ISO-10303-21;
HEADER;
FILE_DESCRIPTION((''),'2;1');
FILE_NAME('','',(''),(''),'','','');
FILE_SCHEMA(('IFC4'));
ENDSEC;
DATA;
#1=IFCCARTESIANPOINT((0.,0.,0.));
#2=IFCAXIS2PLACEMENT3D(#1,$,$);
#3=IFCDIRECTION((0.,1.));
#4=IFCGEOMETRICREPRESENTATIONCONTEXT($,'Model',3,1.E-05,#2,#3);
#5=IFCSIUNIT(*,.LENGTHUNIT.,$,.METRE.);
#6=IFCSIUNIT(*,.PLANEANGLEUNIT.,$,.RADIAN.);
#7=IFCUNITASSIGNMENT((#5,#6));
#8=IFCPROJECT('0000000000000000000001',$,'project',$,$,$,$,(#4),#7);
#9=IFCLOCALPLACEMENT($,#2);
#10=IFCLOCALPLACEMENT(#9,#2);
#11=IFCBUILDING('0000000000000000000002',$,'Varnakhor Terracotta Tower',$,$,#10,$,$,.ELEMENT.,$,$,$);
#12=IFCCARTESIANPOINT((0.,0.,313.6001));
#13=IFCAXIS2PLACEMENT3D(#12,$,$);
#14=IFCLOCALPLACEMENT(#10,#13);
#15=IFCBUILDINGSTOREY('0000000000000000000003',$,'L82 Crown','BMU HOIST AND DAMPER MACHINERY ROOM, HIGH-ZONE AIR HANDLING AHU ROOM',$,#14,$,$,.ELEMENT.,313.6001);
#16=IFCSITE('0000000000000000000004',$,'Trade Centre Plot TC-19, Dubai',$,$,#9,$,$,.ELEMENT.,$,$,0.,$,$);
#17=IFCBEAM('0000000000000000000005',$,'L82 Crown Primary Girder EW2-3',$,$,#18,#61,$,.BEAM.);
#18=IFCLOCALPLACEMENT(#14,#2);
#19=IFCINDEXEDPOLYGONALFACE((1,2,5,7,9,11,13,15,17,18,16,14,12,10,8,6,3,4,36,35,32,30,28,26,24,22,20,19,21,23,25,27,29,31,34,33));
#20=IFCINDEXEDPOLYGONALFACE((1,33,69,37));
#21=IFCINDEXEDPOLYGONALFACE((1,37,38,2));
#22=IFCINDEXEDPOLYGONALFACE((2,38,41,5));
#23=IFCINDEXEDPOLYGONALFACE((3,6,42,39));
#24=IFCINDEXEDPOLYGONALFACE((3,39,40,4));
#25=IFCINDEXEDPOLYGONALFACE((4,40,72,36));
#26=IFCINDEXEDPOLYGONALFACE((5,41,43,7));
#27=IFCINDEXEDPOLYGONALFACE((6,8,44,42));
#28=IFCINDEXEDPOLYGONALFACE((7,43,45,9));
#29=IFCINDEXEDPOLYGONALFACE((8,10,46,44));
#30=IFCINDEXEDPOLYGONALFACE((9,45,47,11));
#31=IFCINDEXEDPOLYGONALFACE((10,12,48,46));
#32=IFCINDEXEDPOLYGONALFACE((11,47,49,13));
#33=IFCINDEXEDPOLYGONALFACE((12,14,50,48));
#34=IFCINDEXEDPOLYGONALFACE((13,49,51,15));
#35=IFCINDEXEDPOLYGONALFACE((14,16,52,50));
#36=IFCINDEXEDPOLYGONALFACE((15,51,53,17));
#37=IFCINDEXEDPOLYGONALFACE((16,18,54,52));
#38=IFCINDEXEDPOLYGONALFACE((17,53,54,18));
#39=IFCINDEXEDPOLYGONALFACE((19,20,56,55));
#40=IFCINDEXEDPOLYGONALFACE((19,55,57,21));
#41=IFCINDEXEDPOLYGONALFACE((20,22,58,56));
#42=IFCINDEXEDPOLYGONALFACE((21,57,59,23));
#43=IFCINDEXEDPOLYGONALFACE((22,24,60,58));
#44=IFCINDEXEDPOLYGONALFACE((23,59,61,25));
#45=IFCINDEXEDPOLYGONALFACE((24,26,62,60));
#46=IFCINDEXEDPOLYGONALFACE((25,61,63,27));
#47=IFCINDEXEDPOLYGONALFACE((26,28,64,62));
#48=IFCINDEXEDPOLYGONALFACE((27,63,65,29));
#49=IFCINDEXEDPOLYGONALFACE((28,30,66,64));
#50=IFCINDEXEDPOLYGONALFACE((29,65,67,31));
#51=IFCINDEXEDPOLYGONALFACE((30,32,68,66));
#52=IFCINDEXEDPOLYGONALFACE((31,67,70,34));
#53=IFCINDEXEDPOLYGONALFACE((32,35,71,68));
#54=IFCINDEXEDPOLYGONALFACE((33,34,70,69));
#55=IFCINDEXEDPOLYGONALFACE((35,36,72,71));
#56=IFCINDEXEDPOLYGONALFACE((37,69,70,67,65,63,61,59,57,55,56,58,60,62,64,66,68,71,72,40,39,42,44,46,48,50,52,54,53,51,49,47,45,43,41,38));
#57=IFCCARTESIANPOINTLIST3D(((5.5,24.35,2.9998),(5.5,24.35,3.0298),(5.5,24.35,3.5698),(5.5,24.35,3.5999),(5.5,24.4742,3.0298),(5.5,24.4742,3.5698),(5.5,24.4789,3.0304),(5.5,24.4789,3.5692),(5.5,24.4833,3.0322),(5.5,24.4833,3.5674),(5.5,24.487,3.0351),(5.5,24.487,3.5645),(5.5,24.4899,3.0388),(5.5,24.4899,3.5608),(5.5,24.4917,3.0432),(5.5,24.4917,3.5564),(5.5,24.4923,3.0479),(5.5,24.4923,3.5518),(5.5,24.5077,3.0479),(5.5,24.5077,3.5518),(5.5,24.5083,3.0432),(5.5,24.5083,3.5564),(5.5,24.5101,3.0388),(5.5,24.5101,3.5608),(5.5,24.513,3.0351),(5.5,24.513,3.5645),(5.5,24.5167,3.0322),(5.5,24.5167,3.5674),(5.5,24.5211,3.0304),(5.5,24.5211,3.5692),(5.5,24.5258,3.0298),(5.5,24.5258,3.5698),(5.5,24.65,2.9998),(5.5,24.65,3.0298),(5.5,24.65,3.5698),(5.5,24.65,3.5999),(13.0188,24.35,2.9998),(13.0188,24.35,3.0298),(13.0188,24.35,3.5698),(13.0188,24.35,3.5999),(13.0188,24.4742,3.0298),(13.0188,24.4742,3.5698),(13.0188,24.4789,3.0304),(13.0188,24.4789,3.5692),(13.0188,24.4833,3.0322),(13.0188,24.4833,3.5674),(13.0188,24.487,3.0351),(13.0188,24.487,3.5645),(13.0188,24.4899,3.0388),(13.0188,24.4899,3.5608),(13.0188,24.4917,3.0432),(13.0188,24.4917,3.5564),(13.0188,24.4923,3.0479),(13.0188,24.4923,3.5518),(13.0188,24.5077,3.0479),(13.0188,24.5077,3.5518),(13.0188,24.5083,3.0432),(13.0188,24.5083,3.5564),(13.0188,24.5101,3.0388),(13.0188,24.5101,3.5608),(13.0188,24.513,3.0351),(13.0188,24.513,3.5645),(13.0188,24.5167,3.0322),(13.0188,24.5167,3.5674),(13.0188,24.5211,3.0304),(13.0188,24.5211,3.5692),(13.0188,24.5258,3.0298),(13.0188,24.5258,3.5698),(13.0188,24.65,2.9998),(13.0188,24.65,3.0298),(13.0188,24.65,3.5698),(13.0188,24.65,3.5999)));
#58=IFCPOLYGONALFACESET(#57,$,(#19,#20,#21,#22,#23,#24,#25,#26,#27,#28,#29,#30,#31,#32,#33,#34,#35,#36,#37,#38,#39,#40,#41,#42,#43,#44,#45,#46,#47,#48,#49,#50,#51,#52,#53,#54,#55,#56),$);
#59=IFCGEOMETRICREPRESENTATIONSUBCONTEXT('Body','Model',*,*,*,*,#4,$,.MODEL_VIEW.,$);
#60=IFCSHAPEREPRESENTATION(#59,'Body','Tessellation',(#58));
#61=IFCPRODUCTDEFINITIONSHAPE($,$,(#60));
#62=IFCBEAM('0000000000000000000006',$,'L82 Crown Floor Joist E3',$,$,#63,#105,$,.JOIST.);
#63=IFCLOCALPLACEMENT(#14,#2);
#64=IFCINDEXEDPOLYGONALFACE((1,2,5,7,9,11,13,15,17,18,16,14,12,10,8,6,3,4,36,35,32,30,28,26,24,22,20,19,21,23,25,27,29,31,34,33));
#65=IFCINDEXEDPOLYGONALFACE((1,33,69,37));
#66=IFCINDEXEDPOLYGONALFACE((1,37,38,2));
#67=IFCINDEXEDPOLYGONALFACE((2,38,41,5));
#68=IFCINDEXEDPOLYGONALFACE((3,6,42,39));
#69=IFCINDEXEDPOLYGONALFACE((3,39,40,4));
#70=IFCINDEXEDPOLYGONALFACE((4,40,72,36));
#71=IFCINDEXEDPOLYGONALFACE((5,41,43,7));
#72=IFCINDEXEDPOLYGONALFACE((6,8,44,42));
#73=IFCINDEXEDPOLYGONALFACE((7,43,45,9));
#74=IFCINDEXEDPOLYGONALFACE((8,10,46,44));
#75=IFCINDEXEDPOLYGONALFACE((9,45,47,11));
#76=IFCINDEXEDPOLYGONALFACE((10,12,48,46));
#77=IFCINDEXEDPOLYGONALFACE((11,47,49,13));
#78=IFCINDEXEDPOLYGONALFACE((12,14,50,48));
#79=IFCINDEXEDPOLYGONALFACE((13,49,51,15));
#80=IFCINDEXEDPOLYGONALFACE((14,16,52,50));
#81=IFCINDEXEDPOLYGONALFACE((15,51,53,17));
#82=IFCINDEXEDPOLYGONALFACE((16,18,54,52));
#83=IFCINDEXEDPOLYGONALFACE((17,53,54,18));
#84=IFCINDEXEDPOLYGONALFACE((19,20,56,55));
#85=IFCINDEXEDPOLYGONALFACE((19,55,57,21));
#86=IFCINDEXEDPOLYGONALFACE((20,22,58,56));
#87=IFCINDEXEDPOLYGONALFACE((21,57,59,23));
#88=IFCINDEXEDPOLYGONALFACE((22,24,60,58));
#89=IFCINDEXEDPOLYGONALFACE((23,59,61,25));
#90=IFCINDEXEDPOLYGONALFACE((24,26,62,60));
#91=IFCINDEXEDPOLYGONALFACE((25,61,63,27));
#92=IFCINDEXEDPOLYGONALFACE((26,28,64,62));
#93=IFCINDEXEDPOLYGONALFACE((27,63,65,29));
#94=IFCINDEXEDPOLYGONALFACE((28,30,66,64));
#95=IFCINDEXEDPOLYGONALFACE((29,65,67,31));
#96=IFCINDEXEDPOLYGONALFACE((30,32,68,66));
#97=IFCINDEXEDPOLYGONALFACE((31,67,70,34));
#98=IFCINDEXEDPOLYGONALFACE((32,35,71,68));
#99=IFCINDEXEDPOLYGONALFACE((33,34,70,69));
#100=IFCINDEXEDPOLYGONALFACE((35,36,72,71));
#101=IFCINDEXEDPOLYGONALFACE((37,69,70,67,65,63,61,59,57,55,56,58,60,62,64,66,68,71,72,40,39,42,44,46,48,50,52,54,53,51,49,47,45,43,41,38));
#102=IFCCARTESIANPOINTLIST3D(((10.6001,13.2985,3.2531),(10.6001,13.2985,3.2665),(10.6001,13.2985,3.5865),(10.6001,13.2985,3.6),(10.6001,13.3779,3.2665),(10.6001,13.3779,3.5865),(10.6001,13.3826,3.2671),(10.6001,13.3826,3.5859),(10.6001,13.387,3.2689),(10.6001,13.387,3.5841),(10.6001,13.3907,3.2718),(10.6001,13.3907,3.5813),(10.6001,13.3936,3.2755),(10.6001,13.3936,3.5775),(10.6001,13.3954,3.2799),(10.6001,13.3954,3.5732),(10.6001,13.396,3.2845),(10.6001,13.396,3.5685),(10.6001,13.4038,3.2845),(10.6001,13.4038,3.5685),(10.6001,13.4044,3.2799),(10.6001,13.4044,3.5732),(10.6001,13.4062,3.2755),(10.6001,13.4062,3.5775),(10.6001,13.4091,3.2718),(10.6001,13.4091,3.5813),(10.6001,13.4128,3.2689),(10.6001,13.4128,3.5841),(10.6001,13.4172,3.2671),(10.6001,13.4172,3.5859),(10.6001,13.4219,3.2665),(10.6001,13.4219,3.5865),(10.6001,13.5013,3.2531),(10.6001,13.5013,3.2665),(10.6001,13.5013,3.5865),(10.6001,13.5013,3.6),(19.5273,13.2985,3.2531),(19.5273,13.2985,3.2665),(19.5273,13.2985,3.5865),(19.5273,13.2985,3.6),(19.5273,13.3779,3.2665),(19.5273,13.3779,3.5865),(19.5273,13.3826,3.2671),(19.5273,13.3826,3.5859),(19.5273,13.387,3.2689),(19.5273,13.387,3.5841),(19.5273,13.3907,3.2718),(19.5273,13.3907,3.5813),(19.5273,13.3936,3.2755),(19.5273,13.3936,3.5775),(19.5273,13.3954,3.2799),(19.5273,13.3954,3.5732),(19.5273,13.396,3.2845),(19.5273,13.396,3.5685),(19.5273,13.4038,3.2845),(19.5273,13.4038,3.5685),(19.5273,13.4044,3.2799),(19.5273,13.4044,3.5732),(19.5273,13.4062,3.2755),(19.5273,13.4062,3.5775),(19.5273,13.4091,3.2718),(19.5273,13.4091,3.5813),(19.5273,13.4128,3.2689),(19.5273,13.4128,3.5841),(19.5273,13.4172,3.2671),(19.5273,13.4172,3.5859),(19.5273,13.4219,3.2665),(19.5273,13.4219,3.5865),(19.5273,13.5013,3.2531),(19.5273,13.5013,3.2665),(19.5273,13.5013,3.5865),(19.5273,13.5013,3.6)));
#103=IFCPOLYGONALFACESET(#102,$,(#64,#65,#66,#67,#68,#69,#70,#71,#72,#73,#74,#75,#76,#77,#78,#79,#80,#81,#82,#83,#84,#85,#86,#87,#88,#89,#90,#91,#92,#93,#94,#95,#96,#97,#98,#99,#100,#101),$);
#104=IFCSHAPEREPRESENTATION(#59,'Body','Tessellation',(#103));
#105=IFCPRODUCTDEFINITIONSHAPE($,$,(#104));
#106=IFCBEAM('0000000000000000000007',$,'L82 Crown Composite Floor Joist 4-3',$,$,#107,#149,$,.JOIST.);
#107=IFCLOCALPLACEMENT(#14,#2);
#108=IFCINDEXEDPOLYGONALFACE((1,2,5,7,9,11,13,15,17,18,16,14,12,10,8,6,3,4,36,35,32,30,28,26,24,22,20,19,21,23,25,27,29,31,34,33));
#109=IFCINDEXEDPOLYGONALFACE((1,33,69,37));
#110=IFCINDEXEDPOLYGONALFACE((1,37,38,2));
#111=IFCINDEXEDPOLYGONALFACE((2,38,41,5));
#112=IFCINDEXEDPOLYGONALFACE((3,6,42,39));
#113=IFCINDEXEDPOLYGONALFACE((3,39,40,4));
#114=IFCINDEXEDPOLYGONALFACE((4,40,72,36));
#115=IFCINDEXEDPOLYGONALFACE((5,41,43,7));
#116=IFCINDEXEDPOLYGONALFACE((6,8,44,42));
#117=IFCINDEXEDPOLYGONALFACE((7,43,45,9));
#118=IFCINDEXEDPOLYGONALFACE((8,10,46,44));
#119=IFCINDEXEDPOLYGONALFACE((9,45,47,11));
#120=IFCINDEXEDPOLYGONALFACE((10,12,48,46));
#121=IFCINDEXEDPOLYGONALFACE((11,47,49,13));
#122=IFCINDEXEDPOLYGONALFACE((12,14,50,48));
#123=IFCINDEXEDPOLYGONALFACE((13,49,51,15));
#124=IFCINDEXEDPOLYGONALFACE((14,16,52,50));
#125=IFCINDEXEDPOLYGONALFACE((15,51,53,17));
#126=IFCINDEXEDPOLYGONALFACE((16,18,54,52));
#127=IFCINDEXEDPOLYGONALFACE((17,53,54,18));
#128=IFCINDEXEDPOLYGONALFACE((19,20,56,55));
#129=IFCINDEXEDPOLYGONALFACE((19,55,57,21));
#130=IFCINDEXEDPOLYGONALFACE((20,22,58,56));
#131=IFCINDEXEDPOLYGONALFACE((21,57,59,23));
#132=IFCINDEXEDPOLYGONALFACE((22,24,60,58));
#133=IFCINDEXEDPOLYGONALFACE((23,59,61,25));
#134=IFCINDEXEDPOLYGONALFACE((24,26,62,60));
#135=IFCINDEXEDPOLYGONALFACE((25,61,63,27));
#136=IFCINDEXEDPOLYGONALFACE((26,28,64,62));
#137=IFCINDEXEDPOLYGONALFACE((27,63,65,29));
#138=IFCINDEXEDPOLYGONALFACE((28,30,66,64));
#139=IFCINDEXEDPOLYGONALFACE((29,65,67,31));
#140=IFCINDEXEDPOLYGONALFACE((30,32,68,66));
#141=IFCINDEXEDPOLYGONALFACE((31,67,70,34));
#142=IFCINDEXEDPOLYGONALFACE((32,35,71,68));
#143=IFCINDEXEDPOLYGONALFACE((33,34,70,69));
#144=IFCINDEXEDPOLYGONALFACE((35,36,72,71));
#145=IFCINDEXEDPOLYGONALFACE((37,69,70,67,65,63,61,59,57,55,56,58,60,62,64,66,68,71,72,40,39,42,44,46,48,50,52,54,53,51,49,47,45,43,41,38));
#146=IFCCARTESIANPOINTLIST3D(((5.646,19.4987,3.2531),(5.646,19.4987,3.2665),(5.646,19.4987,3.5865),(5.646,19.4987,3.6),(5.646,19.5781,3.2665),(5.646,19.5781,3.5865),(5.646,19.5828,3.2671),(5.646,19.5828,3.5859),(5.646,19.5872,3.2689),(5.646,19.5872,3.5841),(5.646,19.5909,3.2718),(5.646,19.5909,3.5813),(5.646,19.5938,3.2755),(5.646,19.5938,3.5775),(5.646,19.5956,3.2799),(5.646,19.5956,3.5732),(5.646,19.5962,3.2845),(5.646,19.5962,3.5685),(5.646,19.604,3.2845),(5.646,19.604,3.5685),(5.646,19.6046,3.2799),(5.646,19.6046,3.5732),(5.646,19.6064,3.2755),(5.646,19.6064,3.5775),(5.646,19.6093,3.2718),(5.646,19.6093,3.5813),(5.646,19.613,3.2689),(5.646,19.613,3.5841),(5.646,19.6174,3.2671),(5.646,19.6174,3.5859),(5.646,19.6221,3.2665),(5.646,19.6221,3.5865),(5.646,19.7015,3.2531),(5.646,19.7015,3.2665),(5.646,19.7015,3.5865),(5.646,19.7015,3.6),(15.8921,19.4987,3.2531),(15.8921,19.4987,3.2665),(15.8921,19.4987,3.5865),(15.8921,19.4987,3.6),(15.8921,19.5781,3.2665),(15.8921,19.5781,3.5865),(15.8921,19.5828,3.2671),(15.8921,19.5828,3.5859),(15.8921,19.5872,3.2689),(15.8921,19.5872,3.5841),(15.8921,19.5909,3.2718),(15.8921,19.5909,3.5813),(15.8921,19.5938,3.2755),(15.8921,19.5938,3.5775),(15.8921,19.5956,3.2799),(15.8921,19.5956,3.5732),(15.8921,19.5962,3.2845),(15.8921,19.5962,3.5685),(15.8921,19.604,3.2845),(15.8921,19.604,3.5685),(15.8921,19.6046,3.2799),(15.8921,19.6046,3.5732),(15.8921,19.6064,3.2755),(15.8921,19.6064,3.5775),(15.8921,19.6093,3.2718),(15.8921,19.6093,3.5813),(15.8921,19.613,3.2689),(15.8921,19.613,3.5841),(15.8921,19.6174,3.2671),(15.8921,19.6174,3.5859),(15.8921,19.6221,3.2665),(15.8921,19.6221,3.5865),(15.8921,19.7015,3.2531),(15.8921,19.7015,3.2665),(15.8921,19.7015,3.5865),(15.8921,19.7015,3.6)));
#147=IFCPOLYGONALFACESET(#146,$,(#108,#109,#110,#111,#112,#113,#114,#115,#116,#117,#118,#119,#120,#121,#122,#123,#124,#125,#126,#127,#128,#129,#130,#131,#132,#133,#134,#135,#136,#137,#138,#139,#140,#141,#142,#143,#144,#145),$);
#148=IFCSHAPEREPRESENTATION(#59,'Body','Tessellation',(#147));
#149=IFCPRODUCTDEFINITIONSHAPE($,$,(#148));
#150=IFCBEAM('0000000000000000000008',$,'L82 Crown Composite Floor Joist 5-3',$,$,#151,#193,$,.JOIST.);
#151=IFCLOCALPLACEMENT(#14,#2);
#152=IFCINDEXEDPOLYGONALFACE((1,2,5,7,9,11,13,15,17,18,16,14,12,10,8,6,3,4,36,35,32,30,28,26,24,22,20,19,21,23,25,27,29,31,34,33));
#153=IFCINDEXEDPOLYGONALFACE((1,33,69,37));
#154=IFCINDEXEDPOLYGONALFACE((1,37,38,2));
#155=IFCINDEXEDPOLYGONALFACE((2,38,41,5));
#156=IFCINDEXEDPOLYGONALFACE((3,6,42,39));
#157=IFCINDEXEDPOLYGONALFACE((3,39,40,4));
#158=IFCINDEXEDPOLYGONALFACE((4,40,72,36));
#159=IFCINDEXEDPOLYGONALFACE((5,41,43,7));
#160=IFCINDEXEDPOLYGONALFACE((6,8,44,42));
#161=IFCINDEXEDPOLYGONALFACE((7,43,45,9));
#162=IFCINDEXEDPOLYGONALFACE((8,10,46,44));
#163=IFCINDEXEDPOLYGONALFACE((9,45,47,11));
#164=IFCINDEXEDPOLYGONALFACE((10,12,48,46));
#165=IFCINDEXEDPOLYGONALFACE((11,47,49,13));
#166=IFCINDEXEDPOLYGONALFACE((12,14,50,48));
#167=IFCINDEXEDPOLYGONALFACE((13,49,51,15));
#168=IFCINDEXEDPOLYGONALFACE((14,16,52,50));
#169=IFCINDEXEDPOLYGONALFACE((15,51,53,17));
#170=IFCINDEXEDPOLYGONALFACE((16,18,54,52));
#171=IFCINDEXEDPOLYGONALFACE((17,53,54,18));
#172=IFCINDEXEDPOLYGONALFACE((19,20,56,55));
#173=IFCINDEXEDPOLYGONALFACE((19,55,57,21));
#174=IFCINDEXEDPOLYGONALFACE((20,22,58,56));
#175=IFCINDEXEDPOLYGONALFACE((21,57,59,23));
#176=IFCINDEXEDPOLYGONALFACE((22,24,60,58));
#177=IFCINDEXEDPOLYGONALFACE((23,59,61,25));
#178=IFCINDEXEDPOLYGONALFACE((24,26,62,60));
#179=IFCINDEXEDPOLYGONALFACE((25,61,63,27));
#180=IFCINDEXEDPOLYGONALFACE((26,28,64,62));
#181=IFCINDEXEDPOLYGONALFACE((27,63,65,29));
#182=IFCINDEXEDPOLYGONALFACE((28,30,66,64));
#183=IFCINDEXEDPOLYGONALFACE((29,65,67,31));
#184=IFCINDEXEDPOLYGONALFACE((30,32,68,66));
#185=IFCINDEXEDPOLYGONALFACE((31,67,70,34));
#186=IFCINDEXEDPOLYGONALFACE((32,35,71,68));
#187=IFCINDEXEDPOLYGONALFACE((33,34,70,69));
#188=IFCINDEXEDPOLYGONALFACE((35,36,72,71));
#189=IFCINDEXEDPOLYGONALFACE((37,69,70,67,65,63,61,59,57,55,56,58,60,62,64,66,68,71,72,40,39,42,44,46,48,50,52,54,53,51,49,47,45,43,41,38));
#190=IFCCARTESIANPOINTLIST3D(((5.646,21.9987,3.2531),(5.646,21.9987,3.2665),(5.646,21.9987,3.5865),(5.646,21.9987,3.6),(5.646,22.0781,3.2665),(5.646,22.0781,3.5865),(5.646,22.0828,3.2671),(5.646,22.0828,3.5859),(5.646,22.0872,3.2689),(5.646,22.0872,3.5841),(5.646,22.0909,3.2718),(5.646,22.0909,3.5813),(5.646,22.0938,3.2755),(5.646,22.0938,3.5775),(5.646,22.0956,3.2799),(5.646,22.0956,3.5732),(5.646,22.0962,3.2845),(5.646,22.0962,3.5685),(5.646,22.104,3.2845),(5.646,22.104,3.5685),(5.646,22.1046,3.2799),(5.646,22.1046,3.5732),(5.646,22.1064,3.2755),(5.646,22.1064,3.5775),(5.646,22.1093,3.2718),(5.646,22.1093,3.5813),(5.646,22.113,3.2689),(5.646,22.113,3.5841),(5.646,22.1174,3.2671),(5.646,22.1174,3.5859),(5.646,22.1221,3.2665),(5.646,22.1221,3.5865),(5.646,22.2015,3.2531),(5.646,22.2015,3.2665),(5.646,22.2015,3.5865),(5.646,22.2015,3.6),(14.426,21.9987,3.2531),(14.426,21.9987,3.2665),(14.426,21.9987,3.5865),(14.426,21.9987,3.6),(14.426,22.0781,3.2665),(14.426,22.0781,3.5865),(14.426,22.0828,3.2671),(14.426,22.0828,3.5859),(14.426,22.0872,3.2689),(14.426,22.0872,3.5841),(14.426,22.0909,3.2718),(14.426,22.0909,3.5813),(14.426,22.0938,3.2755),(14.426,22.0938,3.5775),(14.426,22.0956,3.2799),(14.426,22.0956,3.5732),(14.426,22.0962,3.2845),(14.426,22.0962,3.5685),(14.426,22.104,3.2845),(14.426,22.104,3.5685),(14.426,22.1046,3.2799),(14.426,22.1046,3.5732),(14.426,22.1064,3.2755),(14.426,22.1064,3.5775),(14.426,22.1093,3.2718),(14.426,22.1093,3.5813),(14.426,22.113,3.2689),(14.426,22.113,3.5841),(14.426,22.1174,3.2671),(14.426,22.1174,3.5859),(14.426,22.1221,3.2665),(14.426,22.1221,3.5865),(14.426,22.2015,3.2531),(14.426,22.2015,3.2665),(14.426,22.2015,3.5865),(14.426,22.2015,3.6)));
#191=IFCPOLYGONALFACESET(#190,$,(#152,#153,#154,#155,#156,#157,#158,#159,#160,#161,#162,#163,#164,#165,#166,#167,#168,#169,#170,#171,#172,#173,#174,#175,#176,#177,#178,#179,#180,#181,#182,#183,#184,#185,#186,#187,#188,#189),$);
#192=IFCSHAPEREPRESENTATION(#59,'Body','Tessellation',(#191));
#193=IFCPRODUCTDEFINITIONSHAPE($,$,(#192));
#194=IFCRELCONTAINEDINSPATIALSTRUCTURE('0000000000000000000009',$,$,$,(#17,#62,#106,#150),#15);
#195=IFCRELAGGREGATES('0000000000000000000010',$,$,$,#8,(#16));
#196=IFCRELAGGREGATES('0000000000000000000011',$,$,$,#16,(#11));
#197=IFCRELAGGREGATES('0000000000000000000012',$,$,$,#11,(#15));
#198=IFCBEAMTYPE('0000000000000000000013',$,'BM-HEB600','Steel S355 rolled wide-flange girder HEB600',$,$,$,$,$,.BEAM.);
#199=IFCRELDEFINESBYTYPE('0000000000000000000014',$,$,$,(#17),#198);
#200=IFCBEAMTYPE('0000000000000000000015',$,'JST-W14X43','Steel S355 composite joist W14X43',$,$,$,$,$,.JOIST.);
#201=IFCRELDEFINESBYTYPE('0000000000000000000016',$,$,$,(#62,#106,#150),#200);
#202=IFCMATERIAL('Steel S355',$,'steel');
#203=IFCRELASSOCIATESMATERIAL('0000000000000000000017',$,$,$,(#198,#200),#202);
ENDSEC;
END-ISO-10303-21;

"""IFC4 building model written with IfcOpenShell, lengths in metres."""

from ifc_helpers import new_model, si_unit, direction, frame, origin, origin_2d, place, context, subcontext, project, spatial, i_section, extrude, source, transform, mapped, material, material_profile, profile_set, type_object, element, save


model = new_model("IFC4")

# Units and contexts
model_context = context("Model", 3, precision=1e-05, world=origin(), true_north=direction((0.0, 1.0)))
body_context = subcontext(model_context, "Body", "Model", "MODEL_VIEW")
ifc_project = project(units=[si_unit("LENGTHUNIT", "METRE"), si_unit("PLANEANGLEUNIT", "RADIAN")], contexts=[model_context])

# Site, building, storey
site_placement = place(None, origin())
site = spatial("IfcSite", under=ifc_project, at=site_placement, Name="Trade Centre Plot TC-19, Dubai", CompositionType="ELEMENT", RefElevation=0.0)
building_placement = place(site_placement, origin())
building = spatial("IfcBuilding", under=site, at=building_placement, Name="Varnakhor Terracotta Tower", CompositionType="ELEMENT")
storey_placement = place(building_placement, frame((0.0, 0.0, 313.6001)))
storey = spatial("IfcBuildingStorey", under=building, at=storey_placement, Name="L82 Crown", Description="BMU HOIST AND DAMPER MACHINERY ROOM, HIGH-ZONE AIR HANDLING AHU ROOM", CompositionType="ELEMENT", Elevation=313.6001)

# Beams
ifc_material_1 = material(Name="Steel S355", Category="steel")
ifc_material_profile_1 = material_profile(ifc_material_1, i_section(OverallWidth=0.3, OverallDepth=0.6001, WebThickness=0.0154, FlangeThickness=0.03, FilletRadius=0.0181, at=origin_2d()), Name="HEB600")
ifc_profile_set_1 = profile_set([ifc_material_profile_1], Name="Steel S355")
beam_type_1 = type_object("IfcBeamType", Name="BM-HEB600", Description="Steel S355 rolled wide-flange girder HEB600", PredefinedType="BEAM", material=ifc_profile_set_1)
shared_shape_1 = source(origin(), body_context, "Body", "SweptSolid", [
    extrude(i_section(OverallWidth=0.3, OverallDepth=0.6001, WebThickness=0.0154, FlangeThickness=0.03, FilletRadius=0.0181, at=origin_2d()), origin(), (0.0, 0.0, 1.0), 7.5188),
])
beam_1_placement = place(storey_placement, frame((5.5, 24.5, 3.2998), z_axis=(1.0, 0.0, 0.0), x_axis=(0.0, 1.0, 0.0)))
element("IfcBeam", 1, at=beam_1_placement, inside=storey, type_object=beam_type_1, Name="L82 Crown Primary Girder EW2-3", PredefinedType="BEAM", context=body_context, shape_type="MappedRepresentation", body=[
    mapped(shared_shape_1, transform((0.0, 0.0, 0.0), scale=1.0)),
])
ifc_material_profile_2 = material_profile(ifc_material_1, i_section(OverallWidth=0.2029, OverallDepth=0.3469, WebThickness=0.0078, FlangeThickness=0.0134, FilletRadius=0.0181, at=origin_2d()), Name="W14X43")
ifc_profile_set_2 = profile_set([ifc_material_profile_2], Name="Steel S355")
beam_type_2 = type_object("IfcBeamType", Name="JST-W14X43", Description="Steel S355 composite joist W14X43", PredefinedType="JOIST", material=ifc_profile_set_2)
shared_shape_2 = source(origin(), body_context, "Body", "SweptSolid", [
    extrude(i_section(OverallWidth=0.2029, OverallDepth=0.3469, WebThickness=0.0078, FlangeThickness=0.0134, FilletRadius=0.0181, at=origin_2d()), origin(), (0.0, 0.0, 1.0), 8.9272),
])
beam_2_placement = place(storey_placement, frame((10.6001, 13.3999, 3.4265), z_axis=(1.0, 0.0, 0.0), x_axis=(0.0, 1.0, 0.0)))
element("IfcBeam", 2, at=beam_2_placement, inside=storey, type_object=beam_type_2, Name="L82 Crown Floor Joist E3", PredefinedType="JOIST", context=body_context, shape_type="MappedRepresentation", body=[
    mapped(shared_shape_2, transform((0.0, 0.0, 0.0), scale=1.0)),
])
shared_shape_3 = source(origin(), body_context, "Body", "SweptSolid", [
    extrude(i_section(OverallWidth=0.2029, OverallDepth=0.3469, WebThickness=0.0078, FlangeThickness=0.0134, FilletRadius=0.0181, at=origin_2d()), origin(), (0.0, 0.0, 1.0), 10.2461),
])
beam_3_placement = place(storey_placement, frame((5.646, 19.6001, 3.4265), z_axis=(1.0, 0.0, 0.0), x_axis=(0.0, 1.0, 0.0)))
element("IfcBeam", 3, at=beam_3_placement, inside=storey, type_object=beam_type_2, Name="L82 Crown Composite Floor Joist 4-3", PredefinedType="JOIST", context=body_context, shape_type="MappedRepresentation", body=[
    mapped(shared_shape_3, transform((0.0, 0.0, 0.0), scale=1.0)),
])
shared_shape_4 = source(origin(), body_context, "Body", "SweptSolid", [
    extrude(i_section(OverallWidth=0.2029, OverallDepth=0.3469, WebThickness=0.0078, FlangeThickness=0.0134, FilletRadius=0.0181, at=origin_2d()), origin(), (0.0, 0.0, 1.0), 8.78),
])
beam_4_placement = place(storey_placement, frame((5.646, 22.1001, 3.4265), z_axis=(1.0, 0.0, 0.0), x_axis=(0.0, 1.0, 0.0)))
element("IfcBeam", 4, at=beam_4_placement, inside=storey, type_object=beam_type_2, Name="L82 Crown Composite Floor Joist 5-3", PredefinedType="JOIST", context=body_context, shape_type="MappedRepresentation", body=[
    mapped(shared_shape_4, transform((0.0, 0.0, 0.0), scale=1.0)),
])

save(model, "model.ifc")
